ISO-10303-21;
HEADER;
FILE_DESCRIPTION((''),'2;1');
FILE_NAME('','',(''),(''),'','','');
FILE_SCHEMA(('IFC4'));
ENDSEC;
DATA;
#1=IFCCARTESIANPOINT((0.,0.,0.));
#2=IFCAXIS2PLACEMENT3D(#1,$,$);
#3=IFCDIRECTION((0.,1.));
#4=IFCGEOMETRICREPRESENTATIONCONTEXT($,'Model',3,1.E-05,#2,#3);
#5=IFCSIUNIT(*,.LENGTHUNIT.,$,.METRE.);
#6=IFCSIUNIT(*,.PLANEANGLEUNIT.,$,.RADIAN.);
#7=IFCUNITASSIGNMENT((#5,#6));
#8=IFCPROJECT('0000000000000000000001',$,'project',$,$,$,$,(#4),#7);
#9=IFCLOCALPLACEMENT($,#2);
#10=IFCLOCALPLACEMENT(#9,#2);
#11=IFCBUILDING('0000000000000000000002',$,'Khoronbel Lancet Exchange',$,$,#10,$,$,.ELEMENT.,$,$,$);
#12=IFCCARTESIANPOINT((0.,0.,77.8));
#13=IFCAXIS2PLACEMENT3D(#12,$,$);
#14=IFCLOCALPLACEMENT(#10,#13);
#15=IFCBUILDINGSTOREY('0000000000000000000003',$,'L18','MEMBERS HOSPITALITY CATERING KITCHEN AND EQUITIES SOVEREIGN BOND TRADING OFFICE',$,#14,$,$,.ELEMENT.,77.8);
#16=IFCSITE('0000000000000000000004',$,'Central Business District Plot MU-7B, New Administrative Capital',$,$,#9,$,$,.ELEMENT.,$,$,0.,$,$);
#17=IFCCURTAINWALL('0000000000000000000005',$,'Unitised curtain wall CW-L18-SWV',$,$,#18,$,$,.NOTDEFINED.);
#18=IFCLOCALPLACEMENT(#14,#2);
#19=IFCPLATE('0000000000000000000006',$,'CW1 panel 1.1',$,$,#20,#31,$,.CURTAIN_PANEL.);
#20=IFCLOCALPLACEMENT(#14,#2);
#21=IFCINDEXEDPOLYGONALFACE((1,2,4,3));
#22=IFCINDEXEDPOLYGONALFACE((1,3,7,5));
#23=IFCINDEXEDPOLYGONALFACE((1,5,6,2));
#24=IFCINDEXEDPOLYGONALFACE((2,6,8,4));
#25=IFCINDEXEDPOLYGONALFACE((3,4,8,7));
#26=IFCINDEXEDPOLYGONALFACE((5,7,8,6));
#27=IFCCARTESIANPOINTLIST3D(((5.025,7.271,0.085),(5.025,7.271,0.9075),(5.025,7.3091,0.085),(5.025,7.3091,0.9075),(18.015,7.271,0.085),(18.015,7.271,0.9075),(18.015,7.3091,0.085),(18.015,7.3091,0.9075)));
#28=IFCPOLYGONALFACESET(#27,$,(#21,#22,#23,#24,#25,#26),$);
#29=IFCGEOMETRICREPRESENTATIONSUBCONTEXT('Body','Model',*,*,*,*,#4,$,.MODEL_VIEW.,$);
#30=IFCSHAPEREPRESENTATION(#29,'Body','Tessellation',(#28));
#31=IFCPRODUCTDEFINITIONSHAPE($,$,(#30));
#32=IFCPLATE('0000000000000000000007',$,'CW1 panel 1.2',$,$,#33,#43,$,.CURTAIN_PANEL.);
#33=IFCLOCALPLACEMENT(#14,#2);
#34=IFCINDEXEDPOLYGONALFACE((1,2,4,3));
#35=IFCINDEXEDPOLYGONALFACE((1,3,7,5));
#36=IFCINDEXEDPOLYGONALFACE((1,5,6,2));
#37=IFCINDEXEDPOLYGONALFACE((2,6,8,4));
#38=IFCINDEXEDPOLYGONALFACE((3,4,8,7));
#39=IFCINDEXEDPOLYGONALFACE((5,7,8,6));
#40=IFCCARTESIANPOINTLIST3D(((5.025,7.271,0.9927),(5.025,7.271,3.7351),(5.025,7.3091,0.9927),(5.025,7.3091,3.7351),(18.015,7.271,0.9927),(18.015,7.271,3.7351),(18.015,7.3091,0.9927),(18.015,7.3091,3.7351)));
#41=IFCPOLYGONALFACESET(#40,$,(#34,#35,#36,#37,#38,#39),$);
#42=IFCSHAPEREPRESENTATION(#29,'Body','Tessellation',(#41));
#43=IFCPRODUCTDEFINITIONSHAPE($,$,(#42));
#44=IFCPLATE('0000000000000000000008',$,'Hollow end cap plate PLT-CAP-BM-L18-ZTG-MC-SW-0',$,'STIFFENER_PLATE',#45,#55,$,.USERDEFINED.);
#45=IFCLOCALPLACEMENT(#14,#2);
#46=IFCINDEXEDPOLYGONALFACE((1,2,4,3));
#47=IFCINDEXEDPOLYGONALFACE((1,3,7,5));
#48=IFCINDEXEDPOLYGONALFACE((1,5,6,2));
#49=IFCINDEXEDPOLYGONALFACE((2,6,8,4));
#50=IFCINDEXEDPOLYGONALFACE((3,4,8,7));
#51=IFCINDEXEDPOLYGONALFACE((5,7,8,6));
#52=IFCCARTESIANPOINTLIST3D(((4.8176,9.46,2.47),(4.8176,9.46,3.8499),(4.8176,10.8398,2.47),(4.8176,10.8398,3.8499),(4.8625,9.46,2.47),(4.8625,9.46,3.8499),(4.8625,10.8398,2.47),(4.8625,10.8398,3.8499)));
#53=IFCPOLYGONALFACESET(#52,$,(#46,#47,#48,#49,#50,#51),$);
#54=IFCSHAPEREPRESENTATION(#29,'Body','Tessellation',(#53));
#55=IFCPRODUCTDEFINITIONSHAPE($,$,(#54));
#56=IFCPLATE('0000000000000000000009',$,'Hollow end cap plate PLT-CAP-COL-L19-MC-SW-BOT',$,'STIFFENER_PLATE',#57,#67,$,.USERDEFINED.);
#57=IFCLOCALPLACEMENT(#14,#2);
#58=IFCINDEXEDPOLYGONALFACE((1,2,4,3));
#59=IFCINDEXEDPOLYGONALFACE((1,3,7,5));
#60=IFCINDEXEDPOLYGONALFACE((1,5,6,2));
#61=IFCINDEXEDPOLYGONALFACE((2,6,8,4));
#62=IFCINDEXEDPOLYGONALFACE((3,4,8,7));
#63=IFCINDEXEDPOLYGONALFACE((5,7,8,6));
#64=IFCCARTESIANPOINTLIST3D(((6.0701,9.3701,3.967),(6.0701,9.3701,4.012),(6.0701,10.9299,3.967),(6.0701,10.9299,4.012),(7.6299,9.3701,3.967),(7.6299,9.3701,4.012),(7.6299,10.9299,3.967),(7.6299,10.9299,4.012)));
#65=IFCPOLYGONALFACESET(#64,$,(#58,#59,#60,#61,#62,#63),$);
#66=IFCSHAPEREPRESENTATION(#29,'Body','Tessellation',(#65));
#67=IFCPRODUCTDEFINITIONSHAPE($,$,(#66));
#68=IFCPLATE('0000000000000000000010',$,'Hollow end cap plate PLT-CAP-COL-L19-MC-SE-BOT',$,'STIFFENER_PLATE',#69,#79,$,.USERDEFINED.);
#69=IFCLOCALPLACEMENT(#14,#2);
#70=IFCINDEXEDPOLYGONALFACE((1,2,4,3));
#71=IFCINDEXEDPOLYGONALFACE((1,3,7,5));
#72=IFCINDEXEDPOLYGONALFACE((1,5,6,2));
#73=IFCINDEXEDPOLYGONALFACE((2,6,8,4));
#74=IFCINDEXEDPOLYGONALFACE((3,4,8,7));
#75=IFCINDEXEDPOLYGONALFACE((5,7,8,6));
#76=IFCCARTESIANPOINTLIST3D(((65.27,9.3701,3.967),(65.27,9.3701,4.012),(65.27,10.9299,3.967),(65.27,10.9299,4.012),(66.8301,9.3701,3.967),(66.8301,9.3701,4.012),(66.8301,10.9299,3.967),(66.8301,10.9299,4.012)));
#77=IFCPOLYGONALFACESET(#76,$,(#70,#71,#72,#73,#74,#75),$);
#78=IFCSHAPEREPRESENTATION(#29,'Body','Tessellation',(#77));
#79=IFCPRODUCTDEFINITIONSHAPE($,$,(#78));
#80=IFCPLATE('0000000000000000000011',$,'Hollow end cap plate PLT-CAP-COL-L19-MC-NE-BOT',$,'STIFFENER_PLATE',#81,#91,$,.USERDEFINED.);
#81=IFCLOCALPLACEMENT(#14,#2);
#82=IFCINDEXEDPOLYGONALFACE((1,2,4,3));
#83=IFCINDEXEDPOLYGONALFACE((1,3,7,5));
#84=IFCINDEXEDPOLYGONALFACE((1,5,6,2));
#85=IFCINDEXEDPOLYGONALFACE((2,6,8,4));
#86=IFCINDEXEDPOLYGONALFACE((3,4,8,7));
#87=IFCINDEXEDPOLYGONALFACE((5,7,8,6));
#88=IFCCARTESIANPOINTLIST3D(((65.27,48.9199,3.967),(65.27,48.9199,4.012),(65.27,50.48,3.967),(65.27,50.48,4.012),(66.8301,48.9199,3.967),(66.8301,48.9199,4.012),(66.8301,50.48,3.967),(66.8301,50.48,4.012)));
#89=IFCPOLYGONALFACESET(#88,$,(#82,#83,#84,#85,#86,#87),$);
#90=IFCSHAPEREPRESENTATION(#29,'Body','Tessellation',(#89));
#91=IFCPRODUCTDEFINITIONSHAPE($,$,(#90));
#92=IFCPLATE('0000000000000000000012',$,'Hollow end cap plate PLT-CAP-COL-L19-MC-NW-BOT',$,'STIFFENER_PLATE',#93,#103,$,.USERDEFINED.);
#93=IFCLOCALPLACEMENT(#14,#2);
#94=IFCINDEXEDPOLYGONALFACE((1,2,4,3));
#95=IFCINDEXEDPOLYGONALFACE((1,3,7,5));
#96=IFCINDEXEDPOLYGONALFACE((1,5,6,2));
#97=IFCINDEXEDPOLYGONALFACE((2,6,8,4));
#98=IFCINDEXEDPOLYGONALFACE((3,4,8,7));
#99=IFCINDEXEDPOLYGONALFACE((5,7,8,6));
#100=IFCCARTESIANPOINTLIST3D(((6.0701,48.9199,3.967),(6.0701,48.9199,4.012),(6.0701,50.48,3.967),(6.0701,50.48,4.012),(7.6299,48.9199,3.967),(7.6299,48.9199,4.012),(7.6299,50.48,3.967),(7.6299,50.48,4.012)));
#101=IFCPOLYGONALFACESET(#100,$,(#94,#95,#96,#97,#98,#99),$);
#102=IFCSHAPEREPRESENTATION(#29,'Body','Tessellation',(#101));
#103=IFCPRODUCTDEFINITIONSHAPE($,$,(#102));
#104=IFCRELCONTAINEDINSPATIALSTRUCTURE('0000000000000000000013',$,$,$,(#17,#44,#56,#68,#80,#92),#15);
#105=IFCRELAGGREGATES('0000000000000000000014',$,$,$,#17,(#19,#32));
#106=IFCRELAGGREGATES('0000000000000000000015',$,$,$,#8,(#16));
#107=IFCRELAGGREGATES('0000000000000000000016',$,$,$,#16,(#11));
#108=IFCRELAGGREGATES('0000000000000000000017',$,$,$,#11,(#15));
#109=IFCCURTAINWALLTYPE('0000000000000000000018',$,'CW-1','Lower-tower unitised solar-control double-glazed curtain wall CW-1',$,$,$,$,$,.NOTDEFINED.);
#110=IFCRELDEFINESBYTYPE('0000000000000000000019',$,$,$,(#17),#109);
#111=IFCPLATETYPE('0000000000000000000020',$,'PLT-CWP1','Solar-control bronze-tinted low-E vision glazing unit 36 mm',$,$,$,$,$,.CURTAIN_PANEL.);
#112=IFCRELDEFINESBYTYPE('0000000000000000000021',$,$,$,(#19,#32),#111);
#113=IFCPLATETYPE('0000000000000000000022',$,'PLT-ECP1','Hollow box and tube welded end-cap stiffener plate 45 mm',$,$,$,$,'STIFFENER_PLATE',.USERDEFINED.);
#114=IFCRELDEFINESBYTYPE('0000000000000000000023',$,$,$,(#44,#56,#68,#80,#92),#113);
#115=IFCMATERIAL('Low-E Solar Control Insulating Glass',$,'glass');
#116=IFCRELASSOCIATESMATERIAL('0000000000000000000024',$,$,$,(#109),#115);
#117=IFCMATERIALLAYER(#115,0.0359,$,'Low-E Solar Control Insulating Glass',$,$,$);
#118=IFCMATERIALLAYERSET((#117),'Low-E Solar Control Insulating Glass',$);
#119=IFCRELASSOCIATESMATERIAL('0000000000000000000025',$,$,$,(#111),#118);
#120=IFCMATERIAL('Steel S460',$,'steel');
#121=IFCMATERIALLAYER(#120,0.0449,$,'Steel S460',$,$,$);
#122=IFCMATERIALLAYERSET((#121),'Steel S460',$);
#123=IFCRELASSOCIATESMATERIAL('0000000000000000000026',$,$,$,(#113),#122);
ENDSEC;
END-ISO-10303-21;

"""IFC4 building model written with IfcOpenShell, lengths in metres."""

from ifc_helpers import new_model, si_unit, direction, frame, origin, origin_2d, place, context, subcontext, project, spatial, polyline, rectangle, outline, extrude, material, layer, layer_set, type_object, element, aggregate, save


model = new_model("IFC4")

# Units and contexts
model_context = context("Model", 3, precision=1e-05, world=origin(), true_north=direction((0.0, 1.0)))
body_context = subcontext(model_context, "Body", "Model", "MODEL_VIEW")
ifc_project = project(units=[si_unit("LENGTHUNIT", "METRE"), si_unit("PLANEANGLEUNIT", "RADIAN")], contexts=[model_context])

# Site, building, storey
site_placement = place(None, origin())
site = spatial("IfcSite", under=ifc_project, at=site_placement, Name="Central Business District Plot MU-7B, New Administrative Capital", CompositionType="ELEMENT", RefElevation=0.0)
building_placement = place(site_placement, origin())
building = spatial("IfcBuilding", under=site, at=building_placement, Name="Khoronbel Lancet Exchange", CompositionType="ELEMENT")
storey_placement = place(building_placement, frame((0.0, 0.0, 77.8)))
storey = spatial("IfcBuildingStorey", under=building, at=storey_placement, Name="L18", Description="MEMBERS HOSPITALITY CATERING KITCHEN AND EQUITIES SOVEREIGN BOND TRADING OFFICE", CompositionType="ELEMENT", Elevation=77.8)

# Shared definitions
ifc_material_1 = material(Name="Steel S460", Category="steel")

# Curtain wall
ifc_material_2 = material(Name="Low-E Solar Control Insulating Glass", Category="glass")
curtain_wall_type = type_object("IfcCurtainWallType", Name="CW-1", Description="Lower-tower unitised solar-control double-glazed curtain wall CW-1", PredefinedType="NOTDEFINED", material=ifc_material_2)
curtain_wall_1_placement = place(storey_placement, origin())
curtain_wall_1 = element("IfcCurtainWall", 1, at=curtain_wall_1_placement, inside=storey, type_object=curtain_wall_type, Name="Unitised curtain wall CW-L18-SWV", PredefinedType="NOTDEFINED")

# Plates
ifc_layer_1 = layer(ifc_material_2, 0.0359, Name="Low-E Solar Control Insulating Glass")
ifc_layer_set_1 = layer_set([ifc_layer_1], Name="Low-E Solar Control Insulating Glass")
plate_type_1 = type_object("IfcPlateType", Name="PLT-CWP1", Description="Solar-control bronze-tinted low-E vision glazing unit 36 mm", PredefinedType="CURTAIN_PANEL", material=ifc_layer_set_1)
plate_1_placement = place(storey_placement, frame((11.52, 7.29, 0.085), z_axis=(0.0, 0.0, 1.0), x_axis=(1.0, 0.0, 0.0)))
plate_1 = element("IfcPlate", 2, at=plate_1_placement, type_object=plate_type_1, Name="CW1 panel 1.1", PredefinedType="CURTAIN_PANEL", context=body_context, shape_type="SweptSolid", body=[
    extrude(rectangle(XDim=12.99, YDim=0.0381, at=origin_2d()), origin(), (0.0, 0.0, 1.0), 0.8225),
])
plate_2_placement = place(storey_placement, frame((11.52, 7.29, 0.9927), z_axis=(0.0, 0.0, 1.0), x_axis=(1.0, 0.0, 0.0)))
plate_2 = element("IfcPlate", 3, at=plate_2_placement, type_object=plate_type_1, Name="CW1 panel 1.2", PredefinedType="CURTAIN_PANEL", context=body_context, shape_type="SweptSolid", body=[
    extrude(rectangle(XDim=12.99, YDim=0.0381, at=origin_2d()), origin(), (0.0, 0.0, 1.0), 2.7424),
])
aggregate(curtain_wall_1, [plate_1, plate_2])

# Plates
ifc_layer_2 = layer(ifc_material_1, 0.0449, Name="Steel S460")
ifc_layer_set_2 = layer_set([ifc_layer_2], Name="Steel S460")
plate_type_2 = type_object("IfcPlateType", Name="PLT-ECP1", Description="Hollow box and tube welded end-cap stiffener plate 45 mm", ElementType="STIFFENER_PLATE", PredefinedType="USERDEFINED", material=ifc_layer_set_2)
plate_3_placement = place(storey_placement, frame((4.8401, 10.1499, 2.47), z_axis=(0.0, 0.0, 1.0), x_axis=(-1.0, 0.0, 0.0)))
element("IfcPlate", 4, at=plate_3_placement, inside=storey, type_object=plate_type_2, Name="Hollow end cap plate PLT-CAP-BM-L18-ZTG-MC-SW-0", ObjectType="STIFFENER_PLATE", PredefinedType="USERDEFINED", context=body_context, shape_type="SweptSolid", body=[
    extrude(rectangle(XDim=0.0449, YDim=1.3799, at=origin_2d()), origin(), (0.0, 0.0, 1.0), 1.3799),
])
plate_4_placement = place(storey_placement, frame((0.0, 0.0, 3.967)))
element("IfcPlate", 5, at=plate_4_placement, inside=storey, type_object=plate_type_2, Name="Hollow end cap plate PLT-CAP-COL-L19-MC-SW-BOT", ObjectType="STIFFENER_PLATE", PredefinedType="USERDEFINED", context=body_context, shape_type="SweptSolid", body=[
    extrude(outline(polyline([(6.0701, 9.3701), (7.6299, 9.3701), (7.6299, 10.9299), (6.0701, 10.9299), (6.0701, 9.3701)])), origin(), (0.0, 0.0, 1.0), 0.0449),
])
plate_5_placement = place(storey_placement, frame((0.0, 0.0, 3.967)))
element("IfcPlate", 6, at=plate_5_placement, inside=storey, type_object=plate_type_2, Name="Hollow end cap plate PLT-CAP-COL-L19-MC-SE-BOT", ObjectType="STIFFENER_PLATE", PredefinedType="USERDEFINED", context=body_context, shape_type="SweptSolid", body=[
    extrude(outline(polyline([(65.27, 9.3701), (66.8301, 9.3701), (66.8301, 10.9299), (65.27, 10.9299), (65.27, 9.3701)])), origin(), (0.0, 0.0, 1.0), 0.0449),
])
plate_6_placement = place(storey_placement, frame((0.0, 0.0, 3.967)))
element("IfcPlate", 7, at=plate_6_placement, inside=storey, type_object=plate_type_2, Name="Hollow end cap plate PLT-CAP-COL-L19-MC-NE-BOT", ObjectType="STIFFENER_PLATE", PredefinedType="USERDEFINED", context=body_context, shape_type="SweptSolid", body=[
    extrude(outline(polyline([(65.27, 48.9199), (66.8301, 48.9199), (66.8301, 50.48), (65.27, 50.48), (65.27, 48.9199)])), origin(), (0.0, 0.0, 1.0), 0.0449),
])
plate_7_placement = place(storey_placement, frame((0.0, 0.0, 3.967)))
element("IfcPlate", 8, at=plate_7_placement, inside=storey, type_object=plate_type_2, Name="Hollow end cap plate PLT-CAP-COL-L19-MC-NW-BOT", ObjectType="STIFFENER_PLATE", PredefinedType="USERDEFINED", context=body_context, shape_type="SweptSolid", body=[
    extrude(outline(polyline([(6.0701, 48.9199), (7.6299, 48.9199), (7.6299, 50.48), (6.0701, 50.48), (6.0701, 48.9199)])), origin(), (0.0, 0.0, 1.0), 0.0449),
])

save(model, "model.ifc")
